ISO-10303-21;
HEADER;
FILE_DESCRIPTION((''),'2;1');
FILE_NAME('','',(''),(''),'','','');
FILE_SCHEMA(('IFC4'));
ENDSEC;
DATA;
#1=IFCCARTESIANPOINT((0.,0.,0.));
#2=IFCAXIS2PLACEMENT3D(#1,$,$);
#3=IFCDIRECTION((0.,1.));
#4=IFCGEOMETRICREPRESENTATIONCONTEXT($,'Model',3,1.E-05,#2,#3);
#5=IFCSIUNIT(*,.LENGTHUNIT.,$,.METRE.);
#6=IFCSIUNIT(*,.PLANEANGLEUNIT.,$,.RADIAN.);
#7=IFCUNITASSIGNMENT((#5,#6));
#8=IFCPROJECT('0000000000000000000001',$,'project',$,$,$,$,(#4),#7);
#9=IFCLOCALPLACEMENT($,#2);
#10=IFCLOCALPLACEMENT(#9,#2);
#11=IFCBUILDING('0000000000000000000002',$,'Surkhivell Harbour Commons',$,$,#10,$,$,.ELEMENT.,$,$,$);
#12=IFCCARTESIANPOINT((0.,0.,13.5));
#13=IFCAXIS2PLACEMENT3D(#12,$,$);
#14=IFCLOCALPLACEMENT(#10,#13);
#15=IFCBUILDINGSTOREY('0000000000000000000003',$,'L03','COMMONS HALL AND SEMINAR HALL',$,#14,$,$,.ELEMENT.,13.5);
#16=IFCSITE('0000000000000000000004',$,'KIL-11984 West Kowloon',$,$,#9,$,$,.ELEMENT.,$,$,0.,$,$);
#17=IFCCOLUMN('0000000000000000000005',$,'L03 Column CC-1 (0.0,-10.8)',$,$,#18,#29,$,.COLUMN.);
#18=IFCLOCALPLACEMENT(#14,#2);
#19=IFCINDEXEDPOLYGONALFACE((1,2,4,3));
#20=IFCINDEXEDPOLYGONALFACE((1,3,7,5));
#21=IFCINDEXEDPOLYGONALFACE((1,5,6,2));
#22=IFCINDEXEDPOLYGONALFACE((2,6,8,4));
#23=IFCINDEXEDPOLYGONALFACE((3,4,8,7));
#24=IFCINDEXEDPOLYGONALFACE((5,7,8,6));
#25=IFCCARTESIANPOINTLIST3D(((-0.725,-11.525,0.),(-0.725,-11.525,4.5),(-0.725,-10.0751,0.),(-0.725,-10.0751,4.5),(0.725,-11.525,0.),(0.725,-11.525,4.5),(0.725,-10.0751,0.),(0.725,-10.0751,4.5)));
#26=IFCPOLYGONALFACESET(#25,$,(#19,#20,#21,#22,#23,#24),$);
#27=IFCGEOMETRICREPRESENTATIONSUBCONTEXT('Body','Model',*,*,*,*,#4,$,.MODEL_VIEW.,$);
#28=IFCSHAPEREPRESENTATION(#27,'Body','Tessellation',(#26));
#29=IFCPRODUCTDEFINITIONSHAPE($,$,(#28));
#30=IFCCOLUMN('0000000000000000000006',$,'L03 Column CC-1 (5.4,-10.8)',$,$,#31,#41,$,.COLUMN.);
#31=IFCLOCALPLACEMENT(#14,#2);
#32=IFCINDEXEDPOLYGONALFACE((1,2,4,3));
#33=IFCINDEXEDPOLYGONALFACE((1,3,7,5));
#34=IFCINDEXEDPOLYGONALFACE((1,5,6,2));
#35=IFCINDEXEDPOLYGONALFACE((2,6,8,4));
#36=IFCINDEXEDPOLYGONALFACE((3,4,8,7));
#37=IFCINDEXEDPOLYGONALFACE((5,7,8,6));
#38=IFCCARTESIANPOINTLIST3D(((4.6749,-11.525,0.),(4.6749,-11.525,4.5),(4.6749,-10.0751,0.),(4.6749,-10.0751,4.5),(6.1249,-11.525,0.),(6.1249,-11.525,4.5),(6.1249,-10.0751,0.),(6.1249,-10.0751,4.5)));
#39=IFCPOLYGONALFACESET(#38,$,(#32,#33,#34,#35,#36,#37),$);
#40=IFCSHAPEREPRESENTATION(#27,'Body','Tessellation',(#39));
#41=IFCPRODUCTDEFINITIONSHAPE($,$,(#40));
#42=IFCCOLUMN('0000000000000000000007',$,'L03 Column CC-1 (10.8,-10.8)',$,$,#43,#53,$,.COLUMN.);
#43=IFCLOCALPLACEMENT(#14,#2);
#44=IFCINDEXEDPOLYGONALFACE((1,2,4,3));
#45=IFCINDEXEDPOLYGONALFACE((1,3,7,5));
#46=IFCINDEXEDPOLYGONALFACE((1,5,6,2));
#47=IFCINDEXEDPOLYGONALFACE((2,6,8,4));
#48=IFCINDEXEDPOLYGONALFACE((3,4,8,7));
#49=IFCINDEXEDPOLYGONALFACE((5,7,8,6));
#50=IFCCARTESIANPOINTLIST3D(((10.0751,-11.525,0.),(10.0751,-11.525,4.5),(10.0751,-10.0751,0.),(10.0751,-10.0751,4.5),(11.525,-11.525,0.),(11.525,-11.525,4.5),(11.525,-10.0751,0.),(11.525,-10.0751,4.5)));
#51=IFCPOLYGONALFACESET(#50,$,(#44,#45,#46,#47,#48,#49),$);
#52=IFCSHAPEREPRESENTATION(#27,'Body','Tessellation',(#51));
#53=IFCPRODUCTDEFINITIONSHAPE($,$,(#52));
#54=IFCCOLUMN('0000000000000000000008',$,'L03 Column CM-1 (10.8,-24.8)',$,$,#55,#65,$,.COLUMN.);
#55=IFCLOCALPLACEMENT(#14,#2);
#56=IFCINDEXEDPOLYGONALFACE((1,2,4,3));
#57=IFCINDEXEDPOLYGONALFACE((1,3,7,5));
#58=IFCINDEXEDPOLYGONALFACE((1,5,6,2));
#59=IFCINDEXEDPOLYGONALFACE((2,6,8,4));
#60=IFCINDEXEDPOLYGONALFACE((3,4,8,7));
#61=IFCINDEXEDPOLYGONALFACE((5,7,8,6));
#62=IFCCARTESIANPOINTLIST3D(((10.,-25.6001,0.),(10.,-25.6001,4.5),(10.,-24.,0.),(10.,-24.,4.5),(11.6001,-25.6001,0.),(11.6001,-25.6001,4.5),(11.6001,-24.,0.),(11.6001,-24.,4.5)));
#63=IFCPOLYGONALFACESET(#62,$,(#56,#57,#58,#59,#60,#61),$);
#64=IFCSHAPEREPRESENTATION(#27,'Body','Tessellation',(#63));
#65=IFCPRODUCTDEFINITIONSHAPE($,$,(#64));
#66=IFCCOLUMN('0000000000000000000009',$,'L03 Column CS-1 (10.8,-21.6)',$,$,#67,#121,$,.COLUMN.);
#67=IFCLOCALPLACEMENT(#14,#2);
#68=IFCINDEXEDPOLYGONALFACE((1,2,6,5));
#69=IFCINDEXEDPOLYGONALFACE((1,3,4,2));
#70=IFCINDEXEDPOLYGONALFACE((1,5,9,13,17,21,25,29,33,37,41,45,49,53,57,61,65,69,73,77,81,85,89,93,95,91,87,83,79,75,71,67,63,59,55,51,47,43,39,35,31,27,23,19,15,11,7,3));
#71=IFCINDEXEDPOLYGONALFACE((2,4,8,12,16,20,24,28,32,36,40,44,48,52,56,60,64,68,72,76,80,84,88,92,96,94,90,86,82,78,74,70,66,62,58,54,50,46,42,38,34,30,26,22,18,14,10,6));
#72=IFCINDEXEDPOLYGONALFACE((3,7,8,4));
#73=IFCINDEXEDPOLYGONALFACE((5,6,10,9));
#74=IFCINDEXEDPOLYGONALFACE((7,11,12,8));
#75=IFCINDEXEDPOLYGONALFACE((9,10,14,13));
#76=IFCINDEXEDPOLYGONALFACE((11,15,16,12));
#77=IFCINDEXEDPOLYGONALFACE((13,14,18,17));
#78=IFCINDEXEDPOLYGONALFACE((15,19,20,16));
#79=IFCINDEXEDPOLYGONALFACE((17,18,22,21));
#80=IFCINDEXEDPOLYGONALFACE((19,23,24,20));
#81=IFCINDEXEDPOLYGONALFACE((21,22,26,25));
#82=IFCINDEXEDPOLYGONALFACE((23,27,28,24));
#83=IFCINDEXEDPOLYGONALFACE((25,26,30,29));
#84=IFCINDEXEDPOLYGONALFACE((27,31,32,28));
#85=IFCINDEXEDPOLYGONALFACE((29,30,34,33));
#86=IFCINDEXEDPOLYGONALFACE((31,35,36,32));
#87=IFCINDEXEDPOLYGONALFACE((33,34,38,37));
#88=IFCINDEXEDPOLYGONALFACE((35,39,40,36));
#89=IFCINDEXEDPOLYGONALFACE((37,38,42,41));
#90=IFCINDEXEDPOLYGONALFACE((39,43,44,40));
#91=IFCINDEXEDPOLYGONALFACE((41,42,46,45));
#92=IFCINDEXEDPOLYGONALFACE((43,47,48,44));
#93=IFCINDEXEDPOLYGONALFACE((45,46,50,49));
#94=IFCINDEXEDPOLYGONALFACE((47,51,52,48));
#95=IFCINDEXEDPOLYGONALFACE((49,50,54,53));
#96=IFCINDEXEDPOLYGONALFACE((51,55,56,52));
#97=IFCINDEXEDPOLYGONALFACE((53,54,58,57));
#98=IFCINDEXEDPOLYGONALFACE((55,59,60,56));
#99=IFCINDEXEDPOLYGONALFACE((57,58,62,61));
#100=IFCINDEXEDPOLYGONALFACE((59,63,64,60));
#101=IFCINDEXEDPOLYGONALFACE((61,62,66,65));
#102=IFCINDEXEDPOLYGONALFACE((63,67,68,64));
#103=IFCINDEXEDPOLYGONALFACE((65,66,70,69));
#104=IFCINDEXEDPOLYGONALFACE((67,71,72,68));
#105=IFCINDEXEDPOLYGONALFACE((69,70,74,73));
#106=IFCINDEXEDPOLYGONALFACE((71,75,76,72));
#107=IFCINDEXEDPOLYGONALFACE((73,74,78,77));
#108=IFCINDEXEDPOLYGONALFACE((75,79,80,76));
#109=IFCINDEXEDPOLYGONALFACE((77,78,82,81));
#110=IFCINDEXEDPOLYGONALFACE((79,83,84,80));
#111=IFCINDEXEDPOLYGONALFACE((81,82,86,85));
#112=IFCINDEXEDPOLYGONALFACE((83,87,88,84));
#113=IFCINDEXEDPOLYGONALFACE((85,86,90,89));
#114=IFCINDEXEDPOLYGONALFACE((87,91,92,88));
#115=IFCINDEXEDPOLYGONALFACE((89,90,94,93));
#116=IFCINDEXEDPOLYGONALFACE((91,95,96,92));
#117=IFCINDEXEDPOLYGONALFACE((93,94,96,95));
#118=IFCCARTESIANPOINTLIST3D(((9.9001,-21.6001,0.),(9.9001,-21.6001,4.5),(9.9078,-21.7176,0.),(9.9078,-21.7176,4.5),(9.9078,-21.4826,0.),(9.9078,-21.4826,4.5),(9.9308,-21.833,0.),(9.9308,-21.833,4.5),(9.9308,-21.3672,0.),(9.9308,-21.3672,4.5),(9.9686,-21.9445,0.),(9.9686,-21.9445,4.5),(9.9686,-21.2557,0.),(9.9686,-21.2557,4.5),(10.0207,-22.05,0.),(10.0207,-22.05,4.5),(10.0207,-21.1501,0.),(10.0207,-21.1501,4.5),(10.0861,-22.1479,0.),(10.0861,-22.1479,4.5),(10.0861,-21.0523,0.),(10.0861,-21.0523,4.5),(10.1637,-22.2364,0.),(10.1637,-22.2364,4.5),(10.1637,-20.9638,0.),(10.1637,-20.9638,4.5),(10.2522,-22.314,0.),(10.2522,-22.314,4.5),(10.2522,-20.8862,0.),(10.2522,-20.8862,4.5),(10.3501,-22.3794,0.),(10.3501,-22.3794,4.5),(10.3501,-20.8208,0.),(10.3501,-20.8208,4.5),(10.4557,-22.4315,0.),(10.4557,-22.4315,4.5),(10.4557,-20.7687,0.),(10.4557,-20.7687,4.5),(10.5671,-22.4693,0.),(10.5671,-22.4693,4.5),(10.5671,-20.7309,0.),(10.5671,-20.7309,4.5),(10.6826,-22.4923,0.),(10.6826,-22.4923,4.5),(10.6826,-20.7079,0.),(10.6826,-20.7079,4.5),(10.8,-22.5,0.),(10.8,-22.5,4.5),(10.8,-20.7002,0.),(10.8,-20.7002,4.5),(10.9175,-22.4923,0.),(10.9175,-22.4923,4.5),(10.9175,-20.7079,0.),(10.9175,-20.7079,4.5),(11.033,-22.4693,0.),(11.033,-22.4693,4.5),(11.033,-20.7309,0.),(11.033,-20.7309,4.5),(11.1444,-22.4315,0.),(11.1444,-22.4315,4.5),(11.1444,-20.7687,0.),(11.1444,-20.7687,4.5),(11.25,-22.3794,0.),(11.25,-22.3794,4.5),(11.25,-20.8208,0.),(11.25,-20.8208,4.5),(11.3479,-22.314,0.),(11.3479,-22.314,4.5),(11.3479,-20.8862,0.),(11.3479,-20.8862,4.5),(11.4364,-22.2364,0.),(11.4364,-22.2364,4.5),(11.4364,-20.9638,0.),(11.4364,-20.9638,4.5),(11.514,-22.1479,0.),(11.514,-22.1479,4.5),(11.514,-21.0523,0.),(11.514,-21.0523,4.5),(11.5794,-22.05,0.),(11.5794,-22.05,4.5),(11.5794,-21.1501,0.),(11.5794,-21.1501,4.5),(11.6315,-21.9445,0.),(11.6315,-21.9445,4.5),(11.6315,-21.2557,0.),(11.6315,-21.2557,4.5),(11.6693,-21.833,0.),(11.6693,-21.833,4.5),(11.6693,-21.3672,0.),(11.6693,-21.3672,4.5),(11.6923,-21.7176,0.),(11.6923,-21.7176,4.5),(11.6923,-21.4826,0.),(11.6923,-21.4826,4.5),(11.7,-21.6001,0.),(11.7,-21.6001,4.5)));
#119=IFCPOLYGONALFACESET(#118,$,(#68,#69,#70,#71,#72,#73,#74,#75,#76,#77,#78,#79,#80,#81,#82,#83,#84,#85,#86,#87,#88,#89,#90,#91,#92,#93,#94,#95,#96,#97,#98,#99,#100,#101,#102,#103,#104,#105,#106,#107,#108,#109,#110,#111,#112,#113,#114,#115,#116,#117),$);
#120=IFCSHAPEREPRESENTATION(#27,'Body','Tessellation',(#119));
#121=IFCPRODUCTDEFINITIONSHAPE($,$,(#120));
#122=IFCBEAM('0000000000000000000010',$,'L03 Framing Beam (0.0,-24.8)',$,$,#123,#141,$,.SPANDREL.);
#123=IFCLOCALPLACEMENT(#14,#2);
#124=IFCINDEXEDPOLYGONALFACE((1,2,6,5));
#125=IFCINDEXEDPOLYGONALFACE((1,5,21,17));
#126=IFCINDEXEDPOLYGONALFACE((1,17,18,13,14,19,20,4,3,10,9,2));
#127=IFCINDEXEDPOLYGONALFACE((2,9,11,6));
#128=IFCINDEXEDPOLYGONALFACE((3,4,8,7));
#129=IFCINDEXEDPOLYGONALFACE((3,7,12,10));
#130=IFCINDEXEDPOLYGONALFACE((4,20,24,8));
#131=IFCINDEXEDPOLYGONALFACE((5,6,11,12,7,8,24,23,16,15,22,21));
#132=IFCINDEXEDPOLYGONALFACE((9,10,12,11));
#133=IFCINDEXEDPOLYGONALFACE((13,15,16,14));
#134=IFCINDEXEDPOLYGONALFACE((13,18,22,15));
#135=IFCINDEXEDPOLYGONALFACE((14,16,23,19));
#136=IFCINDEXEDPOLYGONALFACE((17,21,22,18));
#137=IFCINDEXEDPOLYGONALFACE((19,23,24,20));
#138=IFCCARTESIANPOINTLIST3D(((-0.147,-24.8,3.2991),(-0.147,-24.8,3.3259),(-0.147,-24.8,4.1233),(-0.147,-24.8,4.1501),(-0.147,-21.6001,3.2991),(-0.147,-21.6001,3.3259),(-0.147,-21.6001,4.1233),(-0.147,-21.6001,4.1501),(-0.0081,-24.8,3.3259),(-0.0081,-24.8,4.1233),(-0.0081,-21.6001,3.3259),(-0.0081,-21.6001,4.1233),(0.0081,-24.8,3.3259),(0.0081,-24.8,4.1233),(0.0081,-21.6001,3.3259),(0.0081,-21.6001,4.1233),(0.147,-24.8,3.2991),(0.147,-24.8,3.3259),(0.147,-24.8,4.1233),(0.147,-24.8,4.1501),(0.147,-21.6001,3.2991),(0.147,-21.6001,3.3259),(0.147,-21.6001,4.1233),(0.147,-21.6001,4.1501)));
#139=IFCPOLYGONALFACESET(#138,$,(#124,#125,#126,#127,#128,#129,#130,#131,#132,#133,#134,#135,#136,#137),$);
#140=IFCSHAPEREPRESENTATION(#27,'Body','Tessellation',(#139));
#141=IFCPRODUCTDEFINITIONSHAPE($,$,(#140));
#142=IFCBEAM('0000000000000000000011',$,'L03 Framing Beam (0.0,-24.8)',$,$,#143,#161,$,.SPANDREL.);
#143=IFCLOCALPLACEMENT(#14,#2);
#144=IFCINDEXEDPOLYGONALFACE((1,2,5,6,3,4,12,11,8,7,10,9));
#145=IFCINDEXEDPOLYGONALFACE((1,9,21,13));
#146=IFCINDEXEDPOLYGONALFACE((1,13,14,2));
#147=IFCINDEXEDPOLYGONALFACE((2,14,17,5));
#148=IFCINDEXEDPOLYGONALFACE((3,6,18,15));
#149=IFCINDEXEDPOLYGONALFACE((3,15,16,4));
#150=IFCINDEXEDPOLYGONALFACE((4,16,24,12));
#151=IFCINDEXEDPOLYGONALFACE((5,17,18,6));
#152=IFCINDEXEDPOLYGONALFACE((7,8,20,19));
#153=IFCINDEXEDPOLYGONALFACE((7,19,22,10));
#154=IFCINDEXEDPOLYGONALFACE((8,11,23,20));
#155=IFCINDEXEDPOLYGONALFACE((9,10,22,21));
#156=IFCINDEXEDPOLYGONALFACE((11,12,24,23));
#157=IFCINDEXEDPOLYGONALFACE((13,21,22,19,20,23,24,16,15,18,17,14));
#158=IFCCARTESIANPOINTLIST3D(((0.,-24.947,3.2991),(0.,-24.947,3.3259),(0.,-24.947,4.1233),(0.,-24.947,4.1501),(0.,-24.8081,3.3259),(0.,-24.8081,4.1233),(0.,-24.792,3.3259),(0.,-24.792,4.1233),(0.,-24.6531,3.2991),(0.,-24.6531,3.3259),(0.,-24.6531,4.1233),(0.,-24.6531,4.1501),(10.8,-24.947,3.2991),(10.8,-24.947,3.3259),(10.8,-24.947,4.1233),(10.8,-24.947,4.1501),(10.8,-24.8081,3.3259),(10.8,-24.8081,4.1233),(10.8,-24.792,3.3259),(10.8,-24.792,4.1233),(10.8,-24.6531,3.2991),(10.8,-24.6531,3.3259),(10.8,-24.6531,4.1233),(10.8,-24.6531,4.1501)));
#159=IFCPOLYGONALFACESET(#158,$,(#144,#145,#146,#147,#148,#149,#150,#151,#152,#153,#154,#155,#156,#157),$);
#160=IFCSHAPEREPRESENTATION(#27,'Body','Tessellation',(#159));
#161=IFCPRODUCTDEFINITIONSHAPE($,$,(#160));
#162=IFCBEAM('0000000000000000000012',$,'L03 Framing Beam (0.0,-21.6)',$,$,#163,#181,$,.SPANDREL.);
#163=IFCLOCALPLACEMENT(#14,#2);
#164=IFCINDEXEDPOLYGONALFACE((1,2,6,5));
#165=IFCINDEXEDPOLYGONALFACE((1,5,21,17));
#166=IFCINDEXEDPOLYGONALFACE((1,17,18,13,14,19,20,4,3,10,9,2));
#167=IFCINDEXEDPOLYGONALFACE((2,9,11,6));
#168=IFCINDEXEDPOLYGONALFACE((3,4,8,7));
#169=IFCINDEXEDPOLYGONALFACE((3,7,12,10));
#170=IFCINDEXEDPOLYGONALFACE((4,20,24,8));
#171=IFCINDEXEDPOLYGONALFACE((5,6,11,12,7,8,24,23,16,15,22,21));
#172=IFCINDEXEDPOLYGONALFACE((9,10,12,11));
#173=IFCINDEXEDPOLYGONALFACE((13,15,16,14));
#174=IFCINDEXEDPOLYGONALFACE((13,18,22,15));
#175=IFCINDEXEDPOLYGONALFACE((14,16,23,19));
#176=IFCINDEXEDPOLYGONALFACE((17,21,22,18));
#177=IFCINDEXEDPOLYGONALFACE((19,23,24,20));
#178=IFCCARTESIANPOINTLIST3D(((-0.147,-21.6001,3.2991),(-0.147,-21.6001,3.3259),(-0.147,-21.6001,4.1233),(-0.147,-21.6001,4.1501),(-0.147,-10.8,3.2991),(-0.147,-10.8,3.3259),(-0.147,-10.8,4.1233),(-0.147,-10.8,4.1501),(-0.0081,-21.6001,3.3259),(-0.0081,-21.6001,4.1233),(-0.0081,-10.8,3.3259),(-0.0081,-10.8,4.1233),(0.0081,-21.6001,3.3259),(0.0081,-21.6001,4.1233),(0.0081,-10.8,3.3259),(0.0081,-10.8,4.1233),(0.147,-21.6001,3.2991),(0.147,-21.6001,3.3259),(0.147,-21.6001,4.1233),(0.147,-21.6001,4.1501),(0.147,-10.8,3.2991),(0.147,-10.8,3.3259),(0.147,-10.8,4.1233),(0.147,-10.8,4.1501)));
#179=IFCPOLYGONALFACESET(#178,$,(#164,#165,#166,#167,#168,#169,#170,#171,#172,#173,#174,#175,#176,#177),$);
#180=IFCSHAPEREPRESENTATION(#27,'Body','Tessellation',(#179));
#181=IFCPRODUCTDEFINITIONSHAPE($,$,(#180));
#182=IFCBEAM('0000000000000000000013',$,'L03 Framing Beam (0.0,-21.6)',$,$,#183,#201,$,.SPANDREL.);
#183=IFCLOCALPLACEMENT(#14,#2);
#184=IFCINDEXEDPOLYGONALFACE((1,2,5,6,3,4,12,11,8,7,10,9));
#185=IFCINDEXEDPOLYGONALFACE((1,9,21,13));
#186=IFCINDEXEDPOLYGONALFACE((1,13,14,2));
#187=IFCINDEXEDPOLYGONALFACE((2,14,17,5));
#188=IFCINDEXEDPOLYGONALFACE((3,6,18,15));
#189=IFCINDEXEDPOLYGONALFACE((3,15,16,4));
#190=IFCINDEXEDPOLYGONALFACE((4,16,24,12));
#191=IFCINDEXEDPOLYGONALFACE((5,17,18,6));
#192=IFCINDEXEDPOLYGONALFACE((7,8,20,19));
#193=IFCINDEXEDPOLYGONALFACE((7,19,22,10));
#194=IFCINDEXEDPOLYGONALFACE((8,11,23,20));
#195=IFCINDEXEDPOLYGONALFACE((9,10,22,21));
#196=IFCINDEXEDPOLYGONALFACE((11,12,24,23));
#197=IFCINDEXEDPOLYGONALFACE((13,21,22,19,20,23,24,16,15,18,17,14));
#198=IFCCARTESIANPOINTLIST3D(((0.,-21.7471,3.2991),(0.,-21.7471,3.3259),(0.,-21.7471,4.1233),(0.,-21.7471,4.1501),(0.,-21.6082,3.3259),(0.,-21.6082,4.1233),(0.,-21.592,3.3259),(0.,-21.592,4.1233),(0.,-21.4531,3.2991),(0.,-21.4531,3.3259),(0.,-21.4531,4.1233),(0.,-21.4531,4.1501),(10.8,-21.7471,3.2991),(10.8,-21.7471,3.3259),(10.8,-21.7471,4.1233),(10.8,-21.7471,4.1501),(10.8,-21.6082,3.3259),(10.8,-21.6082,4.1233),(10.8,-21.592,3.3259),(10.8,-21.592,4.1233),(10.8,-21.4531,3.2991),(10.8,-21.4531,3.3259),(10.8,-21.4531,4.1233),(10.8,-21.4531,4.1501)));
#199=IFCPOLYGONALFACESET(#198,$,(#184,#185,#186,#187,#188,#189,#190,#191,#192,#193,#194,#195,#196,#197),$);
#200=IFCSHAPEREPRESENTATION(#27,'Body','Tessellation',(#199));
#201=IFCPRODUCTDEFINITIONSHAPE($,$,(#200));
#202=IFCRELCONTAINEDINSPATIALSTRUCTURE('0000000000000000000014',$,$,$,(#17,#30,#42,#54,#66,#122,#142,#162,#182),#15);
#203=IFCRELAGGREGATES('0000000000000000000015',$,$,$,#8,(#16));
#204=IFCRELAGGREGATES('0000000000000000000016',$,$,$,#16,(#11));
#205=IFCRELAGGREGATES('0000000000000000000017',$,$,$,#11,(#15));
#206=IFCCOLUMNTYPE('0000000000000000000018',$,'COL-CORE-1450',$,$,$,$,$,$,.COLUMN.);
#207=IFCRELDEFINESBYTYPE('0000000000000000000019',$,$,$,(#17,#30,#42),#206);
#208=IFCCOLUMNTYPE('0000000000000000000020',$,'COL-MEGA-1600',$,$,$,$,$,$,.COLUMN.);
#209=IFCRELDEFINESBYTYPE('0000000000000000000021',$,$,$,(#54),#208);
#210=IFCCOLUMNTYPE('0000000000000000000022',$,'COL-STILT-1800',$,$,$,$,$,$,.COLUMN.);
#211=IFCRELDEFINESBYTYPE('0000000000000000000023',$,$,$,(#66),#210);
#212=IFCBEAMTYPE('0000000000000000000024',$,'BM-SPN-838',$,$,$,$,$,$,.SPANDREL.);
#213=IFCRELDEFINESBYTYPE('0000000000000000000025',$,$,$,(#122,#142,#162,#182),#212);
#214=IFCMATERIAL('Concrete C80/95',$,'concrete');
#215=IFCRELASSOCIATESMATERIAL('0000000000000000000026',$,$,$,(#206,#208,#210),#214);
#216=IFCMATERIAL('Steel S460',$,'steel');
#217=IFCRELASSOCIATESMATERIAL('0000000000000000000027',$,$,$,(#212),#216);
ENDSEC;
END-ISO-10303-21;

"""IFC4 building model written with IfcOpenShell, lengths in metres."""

from ifc_helpers import new_model, si_unit, direction, frame, origin, origin_2d, place, context, subcontext, project, spatial, rectangle, circle, i_section, extrude, material, material_profile, profile_set, type_object, element, save


model = new_model("IFC4")

# Units and contexts
model_context = context("Model", 3, precision=1e-05, world=origin(), true_north=direction((0.0, 1.0)))
body_context = subcontext(model_context, "Body", "Model", "MODEL_VIEW")
ifc_project = project(units=[si_unit("LENGTHUNIT", "METRE"), si_unit("PLANEANGLEUNIT", "RADIAN")], contexts=[model_context])

# Site, building, storey
site_placement = place(None, origin())
site = spatial("IfcSite", under=ifc_project, at=site_placement, Name="KIL-11984 West Kowloon", CompositionType="ELEMENT", RefElevation=0.0)
building_placement = place(site_placement, origin())
building = spatial("IfcBuilding", under=site, at=building_placement, Name="Surkhivell Harbour Commons", CompositionType="ELEMENT")
storey_placement = place(building_placement, frame((0.0, 0.0, 13.5)))
storey = spatial("IfcBuildingStorey", under=building, at=storey_placement, Name="L03", Description="COMMONS HALL AND SEMINAR HALL", CompositionType="ELEMENT", Elevation=13.5)

# Columns
ifc_material_1 = material(Name="Concrete C80/95", Category="concrete")
ifc_material_profile_1 = material_profile(ifc_material_1, rectangle(XDim=1.45, YDim=1.45, at=origin_2d()), Name="RC-COL-1450x1450")
ifc_profile_set_1 = profile_set([ifc_material_profile_1], Name="Concrete C80/95")
column_type_1 = type_object("IfcColumnType", Name="COL-CORE-1450", PredefinedType="COLUMN", material=ifc_profile_set_1)
for number, where, z_axis, x_axis, name in (
    (1, (0.0, -10.8, 0.0), (0.0, 0.0, 1.0), (1.0, 0.0, 0.0), "L03 Column CC-1 (0.0,-10.8)"),
    (2, (5.3999, -10.8, 0.0), (0.0, 0.0, 1.0), (1.0, 0.0, 0.0), "L03 Column CC-1 (5.4,-10.8)"),
    (3, (10.8, -10.8, 0.0), (0.0, 0.0, 1.0), (1.0, 0.0, 0.0), "L03 Column CC-1 (10.8,-10.8)"),
):
    element("IfcColumn", number, at=place(storey_placement, frame(where, z_axis=z_axis, x_axis=x_axis)), inside=storey, type_object=column_type_1, Name=name, PredefinedType="COLUMN", context=body_context, shape_type="SweptSolid", body=[
        extrude(rectangle(XDim=1.45, YDim=1.45, at=origin_2d()), origin(), (0.0, 0.0, 1.0), 4.5),
    ])
ifc_material_profile_2 = material_profile(ifc_material_1, rectangle(XDim=1.6001, YDim=1.6001, at=origin_2d()), Name="RC-COL-1600x1600")
ifc_profile_set_2 = profile_set([ifc_material_profile_2], Name="Concrete C80/95")
column_type_2 = type_object("IfcColumnType", Name="COL-MEGA-1600", PredefinedType="COLUMN", material=ifc_profile_set_2)
column_1_placement = place(storey_placement, frame((10.8, -24.8, 0.0), z_axis=(0.0, 0.0, 1.0), x_axis=(1.0, 0.0, 0.0)))
element("IfcColumn", 4, at=column_1_placement, inside=storey, type_object=column_type_2, Name="L03 Column CM-1 (10.8,-24.8)", PredefinedType="COLUMN", context=body_context, shape_type="SweptSolid", body=[
    extrude(rectangle(XDim=1.6001, YDim=1.6001, at=origin_2d()), origin(), (0.0, 0.0, 1.0), 4.5),
])
ifc_material_profile_3 = material_profile(ifc_material_1, circle(Radius=0.8999, at=origin_2d()), Name="RC-CIRC-1800")
ifc_profile_set_3 = profile_set([ifc_material_profile_3], Name="Concrete C80/95")
column_type_3 = type_object("IfcColumnType", Name="COL-STILT-1800", PredefinedType="COLUMN", material=ifc_profile_set_3)
column_2_placement = place(storey_placement, frame((10.8, -21.6001, 0.0), z_axis=(0.0, 0.0, 1.0), x_axis=(1.0, 0.0, 0.0)))
element("IfcColumn", 5, at=column_2_placement, inside=storey, type_object=column_type_3, Name="L03 Column CS-1 (10.8,-21.6)", PredefinedType="COLUMN", context=body_context, shape_type="SweptSolid", body=[
    extrude(circle(Radius=0.8999, at=origin_2d()), origin(), (0.0, 0.0, 1.0), 4.5),
])

# Beams
ifc_material_2 = material(Name="Steel S460", Category="steel")
ifc_material_profile_4 = material_profile(ifc_material_2, i_section(OverallWidth=0.2939, OverallDepth=0.8511, WebThickness=0.0161, FlangeThickness=0.0269, at=origin_2d()), Name="UB838x292x226")
ifc_profile_set_4 = profile_set([ifc_material_profile_4], Name="Steel S460")
beam_type = type_object("IfcBeamType", Name="BM-SPN-838", PredefinedType="SPANDREL", material=ifc_profile_set_4)
beam_1_placement = place(storey_placement, frame((0.0, -24.8, 3.7246), z_axis=(0.0, 1.0, 0.0), x_axis=(-1.0, 0.0, 0.0)))
element("IfcBeam", 6, at=beam_1_placement, inside=storey, type_object=beam_type, Name="L03 Framing Beam (0.0,-24.8)", PredefinedType="SPANDREL", context=body_context, shape_type="SweptSolid", body=[
    extrude(i_section(OverallWidth=0.2939, OverallDepth=0.8511, WebThickness=0.0161, FlangeThickness=0.0269, at=origin_2d()), origin(), (0.0, 0.0, 1.0), 3.2),
])
for number, where, z_axis, x_axis, name in (
    (7, (0.0, -24.8, 3.7246), (1.0, 0.0, 0.0), (0.0, 1.0, 0.0), "L03 Framing Beam (0.0,-24.8)"),
    (8, (0.0, -21.6001, 3.7246), (0.0, 1.0, 0.0), (-1.0, 0.0, 0.0), "L03 Framing Beam (0.0,-21.6)"),
    (9, (0.0, -21.6001, 3.7246), (1.0, 0.0, 0.0), (0.0, 1.0, 0.0), "L03 Framing Beam (0.0,-21.6)"),
):
    element("IfcBeam", number, at=place(storey_placement, frame(where, z_axis=z_axis, x_axis=x_axis)), inside=storey, type_object=beam_type, Name=name, PredefinedType="SPANDREL", context=body_context, shape_type="SweptSolid", body=[
        extrude(i_section(OverallWidth=0.2939, OverallDepth=0.8511, WebThickness=0.0161, FlangeThickness=0.0269, at=origin_2d()), origin(), (0.0, 0.0, 1.0), 10.8),
    ])

save(model, "model.ifc")
